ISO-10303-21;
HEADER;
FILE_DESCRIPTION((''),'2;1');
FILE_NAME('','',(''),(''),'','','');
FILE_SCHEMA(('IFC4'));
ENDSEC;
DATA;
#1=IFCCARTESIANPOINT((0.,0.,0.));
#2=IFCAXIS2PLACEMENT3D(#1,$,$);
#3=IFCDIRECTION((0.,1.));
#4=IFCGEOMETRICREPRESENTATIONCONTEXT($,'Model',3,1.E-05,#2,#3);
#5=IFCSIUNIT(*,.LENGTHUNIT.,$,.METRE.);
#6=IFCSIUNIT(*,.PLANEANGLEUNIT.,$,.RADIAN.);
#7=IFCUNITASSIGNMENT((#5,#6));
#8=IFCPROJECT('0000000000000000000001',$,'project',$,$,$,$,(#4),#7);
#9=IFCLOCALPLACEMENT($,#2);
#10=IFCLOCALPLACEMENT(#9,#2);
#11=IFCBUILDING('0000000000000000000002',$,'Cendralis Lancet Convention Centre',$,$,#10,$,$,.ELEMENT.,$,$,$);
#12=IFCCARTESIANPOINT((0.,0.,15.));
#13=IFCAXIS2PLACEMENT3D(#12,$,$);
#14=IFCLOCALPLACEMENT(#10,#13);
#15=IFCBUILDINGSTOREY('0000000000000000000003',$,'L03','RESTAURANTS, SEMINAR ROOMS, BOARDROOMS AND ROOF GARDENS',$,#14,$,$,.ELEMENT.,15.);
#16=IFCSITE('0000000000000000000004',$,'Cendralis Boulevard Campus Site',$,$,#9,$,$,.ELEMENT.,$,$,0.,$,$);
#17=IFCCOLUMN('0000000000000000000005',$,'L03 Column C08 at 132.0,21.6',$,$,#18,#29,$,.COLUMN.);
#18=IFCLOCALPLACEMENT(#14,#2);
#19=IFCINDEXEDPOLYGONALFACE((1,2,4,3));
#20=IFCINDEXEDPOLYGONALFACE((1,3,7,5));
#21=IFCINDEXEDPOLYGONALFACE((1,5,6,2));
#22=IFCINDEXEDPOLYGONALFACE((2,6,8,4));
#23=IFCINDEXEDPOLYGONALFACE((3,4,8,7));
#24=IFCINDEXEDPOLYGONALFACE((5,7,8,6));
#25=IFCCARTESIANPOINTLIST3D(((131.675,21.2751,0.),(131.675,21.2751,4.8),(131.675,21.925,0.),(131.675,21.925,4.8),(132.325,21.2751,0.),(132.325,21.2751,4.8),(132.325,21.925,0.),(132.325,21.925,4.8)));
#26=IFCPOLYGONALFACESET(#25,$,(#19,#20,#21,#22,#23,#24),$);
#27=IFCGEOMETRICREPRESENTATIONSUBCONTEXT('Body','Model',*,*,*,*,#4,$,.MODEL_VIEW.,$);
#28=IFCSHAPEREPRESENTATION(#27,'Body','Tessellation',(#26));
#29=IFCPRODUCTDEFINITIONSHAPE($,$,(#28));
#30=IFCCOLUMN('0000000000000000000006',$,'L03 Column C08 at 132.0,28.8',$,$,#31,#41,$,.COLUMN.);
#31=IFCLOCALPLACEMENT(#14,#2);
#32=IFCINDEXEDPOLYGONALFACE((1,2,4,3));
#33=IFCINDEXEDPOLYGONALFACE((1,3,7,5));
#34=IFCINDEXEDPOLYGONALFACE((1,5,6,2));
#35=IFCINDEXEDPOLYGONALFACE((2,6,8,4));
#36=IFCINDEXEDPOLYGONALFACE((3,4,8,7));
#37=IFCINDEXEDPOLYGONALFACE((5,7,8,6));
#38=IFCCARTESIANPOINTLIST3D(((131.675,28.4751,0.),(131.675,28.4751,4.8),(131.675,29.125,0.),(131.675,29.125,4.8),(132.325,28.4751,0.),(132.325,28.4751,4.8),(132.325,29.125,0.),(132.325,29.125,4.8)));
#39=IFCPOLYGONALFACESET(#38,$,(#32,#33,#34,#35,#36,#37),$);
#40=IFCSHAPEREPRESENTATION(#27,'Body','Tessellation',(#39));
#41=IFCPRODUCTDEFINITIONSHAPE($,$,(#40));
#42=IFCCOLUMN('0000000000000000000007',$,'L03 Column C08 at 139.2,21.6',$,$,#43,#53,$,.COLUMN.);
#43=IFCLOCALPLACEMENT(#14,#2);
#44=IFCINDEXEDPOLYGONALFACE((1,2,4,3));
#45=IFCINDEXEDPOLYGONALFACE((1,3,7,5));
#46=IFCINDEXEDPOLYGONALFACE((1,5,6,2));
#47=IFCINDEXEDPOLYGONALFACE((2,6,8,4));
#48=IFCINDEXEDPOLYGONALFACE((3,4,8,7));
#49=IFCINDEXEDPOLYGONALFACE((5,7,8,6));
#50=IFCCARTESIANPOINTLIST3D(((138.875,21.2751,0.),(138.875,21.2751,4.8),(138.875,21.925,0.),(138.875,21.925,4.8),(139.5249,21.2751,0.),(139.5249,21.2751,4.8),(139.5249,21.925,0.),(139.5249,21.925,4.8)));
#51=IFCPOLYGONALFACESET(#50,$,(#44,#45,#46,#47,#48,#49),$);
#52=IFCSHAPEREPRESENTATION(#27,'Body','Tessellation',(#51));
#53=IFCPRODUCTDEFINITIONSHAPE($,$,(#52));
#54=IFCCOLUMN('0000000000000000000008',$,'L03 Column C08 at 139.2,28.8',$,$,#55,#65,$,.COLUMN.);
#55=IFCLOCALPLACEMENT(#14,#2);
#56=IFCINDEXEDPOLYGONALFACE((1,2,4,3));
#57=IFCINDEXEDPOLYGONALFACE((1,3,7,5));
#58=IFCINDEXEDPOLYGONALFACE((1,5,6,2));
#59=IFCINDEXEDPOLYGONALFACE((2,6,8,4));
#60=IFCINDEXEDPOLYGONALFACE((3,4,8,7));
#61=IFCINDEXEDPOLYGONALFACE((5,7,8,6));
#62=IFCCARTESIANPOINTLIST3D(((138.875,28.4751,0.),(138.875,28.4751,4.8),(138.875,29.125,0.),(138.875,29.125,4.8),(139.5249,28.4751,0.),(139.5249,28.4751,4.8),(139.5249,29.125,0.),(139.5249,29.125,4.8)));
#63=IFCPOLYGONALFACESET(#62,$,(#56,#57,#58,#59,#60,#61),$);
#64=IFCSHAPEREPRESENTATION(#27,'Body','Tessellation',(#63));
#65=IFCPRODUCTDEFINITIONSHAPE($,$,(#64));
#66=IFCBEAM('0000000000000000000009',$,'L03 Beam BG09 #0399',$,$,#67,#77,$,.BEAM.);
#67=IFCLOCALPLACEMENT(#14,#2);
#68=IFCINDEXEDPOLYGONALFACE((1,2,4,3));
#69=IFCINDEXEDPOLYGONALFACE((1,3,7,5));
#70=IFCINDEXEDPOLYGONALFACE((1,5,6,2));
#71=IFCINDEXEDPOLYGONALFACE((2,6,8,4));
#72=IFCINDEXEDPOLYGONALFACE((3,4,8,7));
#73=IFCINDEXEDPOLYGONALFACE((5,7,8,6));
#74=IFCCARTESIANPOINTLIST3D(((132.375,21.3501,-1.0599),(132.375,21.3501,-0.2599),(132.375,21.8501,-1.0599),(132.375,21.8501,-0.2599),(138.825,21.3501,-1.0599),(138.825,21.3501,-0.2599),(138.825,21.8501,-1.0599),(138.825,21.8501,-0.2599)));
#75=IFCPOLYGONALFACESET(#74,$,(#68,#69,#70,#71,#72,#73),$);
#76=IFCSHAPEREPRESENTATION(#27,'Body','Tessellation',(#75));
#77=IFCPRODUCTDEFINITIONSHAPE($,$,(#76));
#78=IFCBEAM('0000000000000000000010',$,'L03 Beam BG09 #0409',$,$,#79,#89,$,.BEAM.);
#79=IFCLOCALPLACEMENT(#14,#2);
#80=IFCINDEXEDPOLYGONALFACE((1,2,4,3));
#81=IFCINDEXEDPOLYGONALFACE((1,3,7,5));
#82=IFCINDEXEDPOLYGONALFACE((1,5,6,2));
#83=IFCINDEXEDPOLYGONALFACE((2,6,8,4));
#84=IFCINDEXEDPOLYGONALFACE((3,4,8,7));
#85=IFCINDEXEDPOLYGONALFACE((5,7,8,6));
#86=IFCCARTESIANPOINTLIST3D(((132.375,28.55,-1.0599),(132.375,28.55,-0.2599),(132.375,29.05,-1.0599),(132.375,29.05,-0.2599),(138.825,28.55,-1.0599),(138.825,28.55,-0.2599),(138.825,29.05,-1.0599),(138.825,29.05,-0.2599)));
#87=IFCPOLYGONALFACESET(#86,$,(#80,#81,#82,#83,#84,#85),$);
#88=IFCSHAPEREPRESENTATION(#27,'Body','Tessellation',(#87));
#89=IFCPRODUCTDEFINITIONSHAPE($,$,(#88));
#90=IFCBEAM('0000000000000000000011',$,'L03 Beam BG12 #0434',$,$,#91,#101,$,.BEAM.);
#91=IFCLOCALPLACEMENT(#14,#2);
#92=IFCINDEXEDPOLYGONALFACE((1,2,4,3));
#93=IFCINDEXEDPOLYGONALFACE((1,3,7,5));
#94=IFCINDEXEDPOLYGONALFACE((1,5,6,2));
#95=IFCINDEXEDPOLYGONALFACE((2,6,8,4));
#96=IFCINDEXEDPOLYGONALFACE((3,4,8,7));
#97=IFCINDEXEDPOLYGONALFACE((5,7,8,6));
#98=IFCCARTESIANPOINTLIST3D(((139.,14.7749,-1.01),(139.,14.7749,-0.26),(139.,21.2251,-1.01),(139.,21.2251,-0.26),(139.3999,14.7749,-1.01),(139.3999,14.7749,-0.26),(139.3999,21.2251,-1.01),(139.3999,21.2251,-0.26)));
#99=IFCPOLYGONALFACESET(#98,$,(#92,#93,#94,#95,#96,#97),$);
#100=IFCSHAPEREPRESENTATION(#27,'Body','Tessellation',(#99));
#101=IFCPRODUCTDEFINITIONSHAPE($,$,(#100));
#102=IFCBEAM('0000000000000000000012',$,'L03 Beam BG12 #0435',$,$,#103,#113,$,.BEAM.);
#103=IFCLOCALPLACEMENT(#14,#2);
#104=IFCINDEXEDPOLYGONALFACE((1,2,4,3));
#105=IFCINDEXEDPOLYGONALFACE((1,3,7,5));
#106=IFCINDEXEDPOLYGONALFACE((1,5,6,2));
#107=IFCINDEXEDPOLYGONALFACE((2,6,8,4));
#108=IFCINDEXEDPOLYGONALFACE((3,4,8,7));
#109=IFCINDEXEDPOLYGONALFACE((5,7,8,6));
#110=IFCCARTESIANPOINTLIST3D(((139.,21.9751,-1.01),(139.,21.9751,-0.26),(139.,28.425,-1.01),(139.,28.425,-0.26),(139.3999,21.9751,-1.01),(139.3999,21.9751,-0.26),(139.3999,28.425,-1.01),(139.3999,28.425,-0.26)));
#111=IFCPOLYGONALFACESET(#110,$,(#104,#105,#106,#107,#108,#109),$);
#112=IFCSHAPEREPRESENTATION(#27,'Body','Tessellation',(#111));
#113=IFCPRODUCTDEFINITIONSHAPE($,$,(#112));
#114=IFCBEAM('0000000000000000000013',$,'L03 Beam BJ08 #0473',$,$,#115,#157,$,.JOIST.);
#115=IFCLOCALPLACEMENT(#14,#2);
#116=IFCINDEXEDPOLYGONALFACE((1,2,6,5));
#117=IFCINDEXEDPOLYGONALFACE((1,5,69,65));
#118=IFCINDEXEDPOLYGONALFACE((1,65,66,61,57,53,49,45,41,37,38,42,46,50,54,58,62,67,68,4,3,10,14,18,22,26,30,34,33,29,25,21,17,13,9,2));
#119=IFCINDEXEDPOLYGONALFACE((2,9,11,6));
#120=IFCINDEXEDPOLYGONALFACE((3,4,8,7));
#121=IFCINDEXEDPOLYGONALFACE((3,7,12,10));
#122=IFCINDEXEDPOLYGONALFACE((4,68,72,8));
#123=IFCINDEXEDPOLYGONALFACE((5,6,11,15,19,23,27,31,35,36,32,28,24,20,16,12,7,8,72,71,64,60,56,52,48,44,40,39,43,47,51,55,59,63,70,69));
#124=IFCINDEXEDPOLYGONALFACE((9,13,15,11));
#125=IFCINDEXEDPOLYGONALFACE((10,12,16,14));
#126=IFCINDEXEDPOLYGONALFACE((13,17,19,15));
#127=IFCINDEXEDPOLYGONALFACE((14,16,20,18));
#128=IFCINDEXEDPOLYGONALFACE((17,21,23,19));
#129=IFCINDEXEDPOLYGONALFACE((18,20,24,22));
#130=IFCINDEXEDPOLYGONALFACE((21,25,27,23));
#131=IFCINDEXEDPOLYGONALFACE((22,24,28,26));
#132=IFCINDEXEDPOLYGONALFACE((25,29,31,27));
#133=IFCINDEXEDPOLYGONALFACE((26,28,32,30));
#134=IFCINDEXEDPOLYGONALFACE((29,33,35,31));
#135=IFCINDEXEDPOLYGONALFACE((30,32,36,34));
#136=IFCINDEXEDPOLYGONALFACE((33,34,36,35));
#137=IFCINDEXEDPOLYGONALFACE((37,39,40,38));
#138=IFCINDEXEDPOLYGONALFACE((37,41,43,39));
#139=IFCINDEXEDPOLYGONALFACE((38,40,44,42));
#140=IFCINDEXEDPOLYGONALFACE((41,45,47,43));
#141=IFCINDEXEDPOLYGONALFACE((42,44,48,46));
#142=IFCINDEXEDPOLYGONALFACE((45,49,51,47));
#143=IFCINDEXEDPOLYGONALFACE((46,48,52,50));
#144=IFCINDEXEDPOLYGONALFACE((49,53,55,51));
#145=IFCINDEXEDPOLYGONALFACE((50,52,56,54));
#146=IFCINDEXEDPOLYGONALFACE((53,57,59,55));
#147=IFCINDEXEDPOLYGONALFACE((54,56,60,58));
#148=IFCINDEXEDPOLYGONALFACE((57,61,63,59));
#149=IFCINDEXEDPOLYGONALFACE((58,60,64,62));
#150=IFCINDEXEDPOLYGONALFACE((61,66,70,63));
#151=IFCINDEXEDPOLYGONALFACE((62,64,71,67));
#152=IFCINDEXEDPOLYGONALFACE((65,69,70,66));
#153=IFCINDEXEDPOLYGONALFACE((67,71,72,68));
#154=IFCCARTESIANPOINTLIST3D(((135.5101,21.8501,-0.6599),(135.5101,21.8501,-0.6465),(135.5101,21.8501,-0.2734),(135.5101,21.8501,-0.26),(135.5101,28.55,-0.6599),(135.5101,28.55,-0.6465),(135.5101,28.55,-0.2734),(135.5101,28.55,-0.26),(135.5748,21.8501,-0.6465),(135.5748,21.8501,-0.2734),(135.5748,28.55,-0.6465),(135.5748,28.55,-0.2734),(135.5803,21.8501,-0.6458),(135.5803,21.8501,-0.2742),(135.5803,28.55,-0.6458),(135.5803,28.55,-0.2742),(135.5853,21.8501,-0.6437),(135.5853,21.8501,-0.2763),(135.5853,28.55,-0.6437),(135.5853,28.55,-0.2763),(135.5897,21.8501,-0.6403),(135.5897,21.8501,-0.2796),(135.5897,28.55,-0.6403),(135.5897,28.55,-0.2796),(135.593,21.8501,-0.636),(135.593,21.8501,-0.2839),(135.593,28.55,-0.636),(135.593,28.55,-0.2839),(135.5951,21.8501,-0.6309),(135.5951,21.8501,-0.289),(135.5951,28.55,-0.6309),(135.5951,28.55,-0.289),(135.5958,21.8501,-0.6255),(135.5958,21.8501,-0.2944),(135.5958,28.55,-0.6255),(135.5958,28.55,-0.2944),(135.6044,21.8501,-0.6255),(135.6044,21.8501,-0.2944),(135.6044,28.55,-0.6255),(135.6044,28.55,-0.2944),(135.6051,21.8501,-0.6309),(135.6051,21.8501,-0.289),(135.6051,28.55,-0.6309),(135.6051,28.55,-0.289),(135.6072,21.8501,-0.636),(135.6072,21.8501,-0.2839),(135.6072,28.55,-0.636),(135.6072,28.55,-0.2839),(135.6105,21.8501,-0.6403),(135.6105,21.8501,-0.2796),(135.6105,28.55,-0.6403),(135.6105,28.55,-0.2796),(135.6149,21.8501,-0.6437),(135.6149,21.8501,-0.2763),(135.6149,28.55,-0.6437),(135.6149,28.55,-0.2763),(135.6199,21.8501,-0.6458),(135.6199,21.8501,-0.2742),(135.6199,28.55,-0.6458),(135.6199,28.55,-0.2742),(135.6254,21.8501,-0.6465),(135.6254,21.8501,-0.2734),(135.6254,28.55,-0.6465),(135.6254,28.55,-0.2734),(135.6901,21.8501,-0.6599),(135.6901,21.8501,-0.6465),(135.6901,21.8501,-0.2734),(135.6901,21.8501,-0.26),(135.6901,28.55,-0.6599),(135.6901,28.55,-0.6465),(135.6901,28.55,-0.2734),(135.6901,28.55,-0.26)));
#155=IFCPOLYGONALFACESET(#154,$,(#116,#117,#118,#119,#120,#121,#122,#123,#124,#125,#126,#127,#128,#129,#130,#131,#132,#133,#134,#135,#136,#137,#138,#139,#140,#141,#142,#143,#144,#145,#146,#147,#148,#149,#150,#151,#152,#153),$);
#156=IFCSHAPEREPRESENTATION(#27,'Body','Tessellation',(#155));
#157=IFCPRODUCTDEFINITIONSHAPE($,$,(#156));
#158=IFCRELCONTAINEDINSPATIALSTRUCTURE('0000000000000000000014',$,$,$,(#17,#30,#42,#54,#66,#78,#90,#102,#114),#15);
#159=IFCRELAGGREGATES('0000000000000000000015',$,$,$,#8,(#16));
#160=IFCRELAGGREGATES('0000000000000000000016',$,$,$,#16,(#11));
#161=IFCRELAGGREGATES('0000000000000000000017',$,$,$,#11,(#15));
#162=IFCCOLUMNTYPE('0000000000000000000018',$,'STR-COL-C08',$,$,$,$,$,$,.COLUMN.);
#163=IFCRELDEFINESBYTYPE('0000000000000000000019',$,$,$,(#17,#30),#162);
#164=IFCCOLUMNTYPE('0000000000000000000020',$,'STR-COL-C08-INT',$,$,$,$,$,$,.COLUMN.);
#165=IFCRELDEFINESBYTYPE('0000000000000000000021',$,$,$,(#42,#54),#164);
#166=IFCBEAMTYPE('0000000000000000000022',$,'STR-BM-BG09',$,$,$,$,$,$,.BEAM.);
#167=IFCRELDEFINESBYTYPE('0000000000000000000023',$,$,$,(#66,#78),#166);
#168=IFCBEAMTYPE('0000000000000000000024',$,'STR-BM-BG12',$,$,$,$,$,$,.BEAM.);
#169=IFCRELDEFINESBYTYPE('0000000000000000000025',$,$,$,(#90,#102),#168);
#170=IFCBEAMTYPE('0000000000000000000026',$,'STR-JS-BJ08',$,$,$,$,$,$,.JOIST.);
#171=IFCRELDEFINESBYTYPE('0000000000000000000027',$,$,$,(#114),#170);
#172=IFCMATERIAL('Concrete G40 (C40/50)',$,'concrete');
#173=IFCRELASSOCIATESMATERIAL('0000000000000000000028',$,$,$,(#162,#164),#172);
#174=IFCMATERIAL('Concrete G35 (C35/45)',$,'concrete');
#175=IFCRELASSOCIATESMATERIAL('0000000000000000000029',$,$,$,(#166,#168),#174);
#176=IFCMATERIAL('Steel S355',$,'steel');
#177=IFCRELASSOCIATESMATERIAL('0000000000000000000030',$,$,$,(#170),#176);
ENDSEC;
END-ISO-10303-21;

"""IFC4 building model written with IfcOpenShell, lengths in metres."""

from ifc_helpers import new_model, si_unit, direction, frame, origin, origin_2d, place, context, subcontext, project, spatial, rectangle, i_section, extrude, material, material_profile, profile_set, type_object, element, save


model = new_model("IFC4")

# Units and contexts
model_context = context("Model", 3, precision=1e-05, world=origin(), true_north=direction((0.0, 1.0)))
body_context = subcontext(model_context, "Body", "Model", "MODEL_VIEW")
ifc_project = project(units=[si_unit("LENGTHUNIT", "METRE"), si_unit("PLANEANGLEUNIT", "RADIAN")], contexts=[model_context])

# Site, building, storey
site_placement = place(None, origin())
site = spatial("IfcSite", under=ifc_project, at=site_placement, Name="Cendralis Boulevard Campus Site", CompositionType="ELEMENT", RefElevation=0.0)
building_placement = place(site_placement, origin())
building = spatial("IfcBuilding", under=site, at=building_placement, Name="Cendralis Lancet Convention Centre", CompositionType="ELEMENT")
storey_placement = place(building_placement, frame((0.0, 0.0, 15.0)))
storey = spatial("IfcBuildingStorey", under=building, at=storey_placement, Name="L03", Description="RESTAURANTS, SEMINAR ROOMS, BOARDROOMS AND ROOF GARDENS", CompositionType="ELEMENT", Elevation=15.0)

# Columns
ifc_material_1 = material(Name="Concrete G40 (C40/50)", Category="concrete")
ifc_material_profile_1 = material_profile(ifc_material_1, rectangle(XDim=0.6499, YDim=0.6499, at=origin_2d()), Name="RC 650x650")
ifc_profile_set_1 = profile_set([ifc_material_profile_1], Name="Concrete G40 (C40/50)")
column_type_1 = type_object("IfcColumnType", Name="STR-COL-C08", PredefinedType="COLUMN", material=ifc_profile_set_1)
for number, where, z_axis, x_axis, name in (
    (1, (132.0, 21.6001, 0.0), (0.0, 0.0, 1.0), (1.0, 0.0, 0.0), "L03 Column C08 at 132.0,21.6"),
    (2, (132.0, 28.8, 0.0), (0.0, 0.0, 1.0), (1.0, 0.0, 0.0), "L03 Column C08 at 132.0,28.8"),
):
    element("IfcColumn", number, at=place(storey_placement, frame(where, z_axis=z_axis, x_axis=x_axis)), inside=storey, type_object=column_type_1, Name=name, PredefinedType="COLUMN", context=body_context, shape_type="SweptSolid", body=[
        extrude(rectangle(XDim=0.6499, YDim=0.6499, at=origin_2d()), origin(), (0.0, 0.0, 1.0), 4.8),
    ])
ifc_material_profile_2 = material_profile(ifc_material_1, rectangle(XDim=0.6499, YDim=0.6499, at=origin_2d()), Name="RC 650x650")
ifc_profile_set_2 = profile_set([ifc_material_profile_2], Name="Concrete G40 (C40/50)")
column_type_2 = type_object("IfcColumnType", Name="STR-COL-C08-INT", PredefinedType="COLUMN", material=ifc_profile_set_2)
for number, where, z_axis, x_axis, name in (
    (3, (139.2, 21.6001, 0.0), (0.0, 0.0, 1.0), (1.0, 0.0, 0.0), "L03 Column C08 at 139.2,21.6"),
    (4, (139.2, 28.8, 0.0), (0.0, 0.0, 1.0), (1.0, 0.0, 0.0), "L03 Column C08 at 139.2,28.8"),
):
    element("IfcColumn", number, at=place(storey_placement, frame(where, z_axis=z_axis, x_axis=x_axis)), inside=storey, type_object=column_type_2, Name=name, PredefinedType="COLUMN", context=body_context, shape_type="SweptSolid", body=[
        extrude(rectangle(XDim=0.6499, YDim=0.6499, at=origin_2d()), origin(), (0.0, 0.0, 1.0), 4.8),
    ])

# Beams
ifc_material_2 = material(Name="Concrete G35 (C35/45)", Category="concrete")
ifc_material_profile_3 = material_profile(ifc_material_2, rectangle(XDim=0.5, YDim=0.8, at=origin_2d()), Name="RCB 500x800")
ifc_profile_set_3 = profile_set([ifc_material_profile_3], Name="Concrete G35 (C35/45)")
beam_type_1 = type_object("IfcBeamType", Name="STR-BM-BG09", PredefinedType="BEAM", material=ifc_profile_set_3)
for number, where, z_axis, x_axis, name in (
    (5, (132.375, 21.6001, -0.6599), (1.0, 0.0, 0.0), (0.0, 1.0, 0.0), "L03 Beam BG09 #0399"),
    (6, (132.375, 28.8, -0.6599), (1.0, 0.0, 0.0), (0.0, 1.0, 0.0), "L03 Beam BG09 #0409"),
):
    element("IfcBeam", number, at=place(storey_placement, frame(where, z_axis=z_axis, x_axis=x_axis)), inside=storey, type_object=beam_type_1, Name=name, PredefinedType="BEAM", context=body_context, shape_type="SweptSolid", body=[
        extrude(rectangle(XDim=0.5, YDim=0.8, at=origin_2d()), origin(), (0.0, 0.0, 1.0), 6.45),
    ])
ifc_material_profile_4 = material_profile(ifc_material_2, rectangle(XDim=0.3999, YDim=0.75, at=origin_2d()), Name="RCB 400x750")
ifc_profile_set_4 = profile_set([ifc_material_profile_4], Name="Concrete G35 (C35/45)")
beam_type_2 = type_object("IfcBeamType", Name="STR-BM-BG12", PredefinedType="BEAM", material=ifc_profile_set_4)
beam_1_placement = place(storey_placement, frame((139.2, 14.7749, -0.635), z_axis=(0.0, 1.0, 0.0), x_axis=(-1.0, 0.0, 0.0)))
element("IfcBeam", 7, at=beam_1_placement, inside=storey, type_object=beam_type_2, Name="L03 Beam BG12 #0434", PredefinedType="BEAM", context=body_context, shape_type="SweptSolid", body=[
    extrude(rectangle(XDim=0.3999, YDim=0.75, at=origin_2d()), origin(), (0.0, 0.0, 1.0), 6.4502),
])
beam_2_placement = place(storey_placement, frame((139.2, 21.9751, -0.635), z_axis=(0.0, 1.0, 0.0), x_axis=(-1.0, 0.0, 0.0)))
element("IfcBeam", 8, at=beam_2_placement, inside=storey, type_object=beam_type_2, Name="L03 Beam BG12 #0435", PredefinedType="BEAM", context=body_context, shape_type="SweptSolid", body=[
    extrude(rectangle(XDim=0.3999, YDim=0.75, at=origin_2d()), origin(), (0.0, 0.0, 1.0), 6.45),
])
ifc_material_3 = material(Name="Steel S355", Category="steel")
ifc_material_profile_5 = material_profile(ifc_material_3, i_section(OverallWidth=0.1799, OverallDepth=0.3999, WebThickness=0.0085, FlangeThickness=0.0134, FilletRadius=0.021, at=origin_2d()), Name="IPE 400")
ifc_profile_set_5 = profile_set([ifc_material_profile_5], Name="Steel S355")
beam_type_3 = type_object("IfcBeamType", Name="STR-JS-BJ08", PredefinedType="JOIST", material=ifc_profile_set_5)
beam_3_placement = place(storey_placement, frame((135.6001, 21.8501, -0.46), z_axis=(0.0, 1.0, 0.0), x_axis=(-1.0, 0.0, 0.0)))
element("IfcBeam", 9, at=beam_3_placement, inside=storey, type_object=beam_type_3, Name="L03 Beam BJ08 #0473", PredefinedType="JOIST", context=body_context, shape_type="SweptSolid", body=[
    extrude(i_section(OverallWidth=0.1799, OverallDepth=0.3999, WebThickness=0.0085, FlangeThickness=0.0134, FilletRadius=0.021, at=origin_2d()), origin(), (0.0, 0.0, 1.0), 6.7),
])

save(model, "model.ifc")
